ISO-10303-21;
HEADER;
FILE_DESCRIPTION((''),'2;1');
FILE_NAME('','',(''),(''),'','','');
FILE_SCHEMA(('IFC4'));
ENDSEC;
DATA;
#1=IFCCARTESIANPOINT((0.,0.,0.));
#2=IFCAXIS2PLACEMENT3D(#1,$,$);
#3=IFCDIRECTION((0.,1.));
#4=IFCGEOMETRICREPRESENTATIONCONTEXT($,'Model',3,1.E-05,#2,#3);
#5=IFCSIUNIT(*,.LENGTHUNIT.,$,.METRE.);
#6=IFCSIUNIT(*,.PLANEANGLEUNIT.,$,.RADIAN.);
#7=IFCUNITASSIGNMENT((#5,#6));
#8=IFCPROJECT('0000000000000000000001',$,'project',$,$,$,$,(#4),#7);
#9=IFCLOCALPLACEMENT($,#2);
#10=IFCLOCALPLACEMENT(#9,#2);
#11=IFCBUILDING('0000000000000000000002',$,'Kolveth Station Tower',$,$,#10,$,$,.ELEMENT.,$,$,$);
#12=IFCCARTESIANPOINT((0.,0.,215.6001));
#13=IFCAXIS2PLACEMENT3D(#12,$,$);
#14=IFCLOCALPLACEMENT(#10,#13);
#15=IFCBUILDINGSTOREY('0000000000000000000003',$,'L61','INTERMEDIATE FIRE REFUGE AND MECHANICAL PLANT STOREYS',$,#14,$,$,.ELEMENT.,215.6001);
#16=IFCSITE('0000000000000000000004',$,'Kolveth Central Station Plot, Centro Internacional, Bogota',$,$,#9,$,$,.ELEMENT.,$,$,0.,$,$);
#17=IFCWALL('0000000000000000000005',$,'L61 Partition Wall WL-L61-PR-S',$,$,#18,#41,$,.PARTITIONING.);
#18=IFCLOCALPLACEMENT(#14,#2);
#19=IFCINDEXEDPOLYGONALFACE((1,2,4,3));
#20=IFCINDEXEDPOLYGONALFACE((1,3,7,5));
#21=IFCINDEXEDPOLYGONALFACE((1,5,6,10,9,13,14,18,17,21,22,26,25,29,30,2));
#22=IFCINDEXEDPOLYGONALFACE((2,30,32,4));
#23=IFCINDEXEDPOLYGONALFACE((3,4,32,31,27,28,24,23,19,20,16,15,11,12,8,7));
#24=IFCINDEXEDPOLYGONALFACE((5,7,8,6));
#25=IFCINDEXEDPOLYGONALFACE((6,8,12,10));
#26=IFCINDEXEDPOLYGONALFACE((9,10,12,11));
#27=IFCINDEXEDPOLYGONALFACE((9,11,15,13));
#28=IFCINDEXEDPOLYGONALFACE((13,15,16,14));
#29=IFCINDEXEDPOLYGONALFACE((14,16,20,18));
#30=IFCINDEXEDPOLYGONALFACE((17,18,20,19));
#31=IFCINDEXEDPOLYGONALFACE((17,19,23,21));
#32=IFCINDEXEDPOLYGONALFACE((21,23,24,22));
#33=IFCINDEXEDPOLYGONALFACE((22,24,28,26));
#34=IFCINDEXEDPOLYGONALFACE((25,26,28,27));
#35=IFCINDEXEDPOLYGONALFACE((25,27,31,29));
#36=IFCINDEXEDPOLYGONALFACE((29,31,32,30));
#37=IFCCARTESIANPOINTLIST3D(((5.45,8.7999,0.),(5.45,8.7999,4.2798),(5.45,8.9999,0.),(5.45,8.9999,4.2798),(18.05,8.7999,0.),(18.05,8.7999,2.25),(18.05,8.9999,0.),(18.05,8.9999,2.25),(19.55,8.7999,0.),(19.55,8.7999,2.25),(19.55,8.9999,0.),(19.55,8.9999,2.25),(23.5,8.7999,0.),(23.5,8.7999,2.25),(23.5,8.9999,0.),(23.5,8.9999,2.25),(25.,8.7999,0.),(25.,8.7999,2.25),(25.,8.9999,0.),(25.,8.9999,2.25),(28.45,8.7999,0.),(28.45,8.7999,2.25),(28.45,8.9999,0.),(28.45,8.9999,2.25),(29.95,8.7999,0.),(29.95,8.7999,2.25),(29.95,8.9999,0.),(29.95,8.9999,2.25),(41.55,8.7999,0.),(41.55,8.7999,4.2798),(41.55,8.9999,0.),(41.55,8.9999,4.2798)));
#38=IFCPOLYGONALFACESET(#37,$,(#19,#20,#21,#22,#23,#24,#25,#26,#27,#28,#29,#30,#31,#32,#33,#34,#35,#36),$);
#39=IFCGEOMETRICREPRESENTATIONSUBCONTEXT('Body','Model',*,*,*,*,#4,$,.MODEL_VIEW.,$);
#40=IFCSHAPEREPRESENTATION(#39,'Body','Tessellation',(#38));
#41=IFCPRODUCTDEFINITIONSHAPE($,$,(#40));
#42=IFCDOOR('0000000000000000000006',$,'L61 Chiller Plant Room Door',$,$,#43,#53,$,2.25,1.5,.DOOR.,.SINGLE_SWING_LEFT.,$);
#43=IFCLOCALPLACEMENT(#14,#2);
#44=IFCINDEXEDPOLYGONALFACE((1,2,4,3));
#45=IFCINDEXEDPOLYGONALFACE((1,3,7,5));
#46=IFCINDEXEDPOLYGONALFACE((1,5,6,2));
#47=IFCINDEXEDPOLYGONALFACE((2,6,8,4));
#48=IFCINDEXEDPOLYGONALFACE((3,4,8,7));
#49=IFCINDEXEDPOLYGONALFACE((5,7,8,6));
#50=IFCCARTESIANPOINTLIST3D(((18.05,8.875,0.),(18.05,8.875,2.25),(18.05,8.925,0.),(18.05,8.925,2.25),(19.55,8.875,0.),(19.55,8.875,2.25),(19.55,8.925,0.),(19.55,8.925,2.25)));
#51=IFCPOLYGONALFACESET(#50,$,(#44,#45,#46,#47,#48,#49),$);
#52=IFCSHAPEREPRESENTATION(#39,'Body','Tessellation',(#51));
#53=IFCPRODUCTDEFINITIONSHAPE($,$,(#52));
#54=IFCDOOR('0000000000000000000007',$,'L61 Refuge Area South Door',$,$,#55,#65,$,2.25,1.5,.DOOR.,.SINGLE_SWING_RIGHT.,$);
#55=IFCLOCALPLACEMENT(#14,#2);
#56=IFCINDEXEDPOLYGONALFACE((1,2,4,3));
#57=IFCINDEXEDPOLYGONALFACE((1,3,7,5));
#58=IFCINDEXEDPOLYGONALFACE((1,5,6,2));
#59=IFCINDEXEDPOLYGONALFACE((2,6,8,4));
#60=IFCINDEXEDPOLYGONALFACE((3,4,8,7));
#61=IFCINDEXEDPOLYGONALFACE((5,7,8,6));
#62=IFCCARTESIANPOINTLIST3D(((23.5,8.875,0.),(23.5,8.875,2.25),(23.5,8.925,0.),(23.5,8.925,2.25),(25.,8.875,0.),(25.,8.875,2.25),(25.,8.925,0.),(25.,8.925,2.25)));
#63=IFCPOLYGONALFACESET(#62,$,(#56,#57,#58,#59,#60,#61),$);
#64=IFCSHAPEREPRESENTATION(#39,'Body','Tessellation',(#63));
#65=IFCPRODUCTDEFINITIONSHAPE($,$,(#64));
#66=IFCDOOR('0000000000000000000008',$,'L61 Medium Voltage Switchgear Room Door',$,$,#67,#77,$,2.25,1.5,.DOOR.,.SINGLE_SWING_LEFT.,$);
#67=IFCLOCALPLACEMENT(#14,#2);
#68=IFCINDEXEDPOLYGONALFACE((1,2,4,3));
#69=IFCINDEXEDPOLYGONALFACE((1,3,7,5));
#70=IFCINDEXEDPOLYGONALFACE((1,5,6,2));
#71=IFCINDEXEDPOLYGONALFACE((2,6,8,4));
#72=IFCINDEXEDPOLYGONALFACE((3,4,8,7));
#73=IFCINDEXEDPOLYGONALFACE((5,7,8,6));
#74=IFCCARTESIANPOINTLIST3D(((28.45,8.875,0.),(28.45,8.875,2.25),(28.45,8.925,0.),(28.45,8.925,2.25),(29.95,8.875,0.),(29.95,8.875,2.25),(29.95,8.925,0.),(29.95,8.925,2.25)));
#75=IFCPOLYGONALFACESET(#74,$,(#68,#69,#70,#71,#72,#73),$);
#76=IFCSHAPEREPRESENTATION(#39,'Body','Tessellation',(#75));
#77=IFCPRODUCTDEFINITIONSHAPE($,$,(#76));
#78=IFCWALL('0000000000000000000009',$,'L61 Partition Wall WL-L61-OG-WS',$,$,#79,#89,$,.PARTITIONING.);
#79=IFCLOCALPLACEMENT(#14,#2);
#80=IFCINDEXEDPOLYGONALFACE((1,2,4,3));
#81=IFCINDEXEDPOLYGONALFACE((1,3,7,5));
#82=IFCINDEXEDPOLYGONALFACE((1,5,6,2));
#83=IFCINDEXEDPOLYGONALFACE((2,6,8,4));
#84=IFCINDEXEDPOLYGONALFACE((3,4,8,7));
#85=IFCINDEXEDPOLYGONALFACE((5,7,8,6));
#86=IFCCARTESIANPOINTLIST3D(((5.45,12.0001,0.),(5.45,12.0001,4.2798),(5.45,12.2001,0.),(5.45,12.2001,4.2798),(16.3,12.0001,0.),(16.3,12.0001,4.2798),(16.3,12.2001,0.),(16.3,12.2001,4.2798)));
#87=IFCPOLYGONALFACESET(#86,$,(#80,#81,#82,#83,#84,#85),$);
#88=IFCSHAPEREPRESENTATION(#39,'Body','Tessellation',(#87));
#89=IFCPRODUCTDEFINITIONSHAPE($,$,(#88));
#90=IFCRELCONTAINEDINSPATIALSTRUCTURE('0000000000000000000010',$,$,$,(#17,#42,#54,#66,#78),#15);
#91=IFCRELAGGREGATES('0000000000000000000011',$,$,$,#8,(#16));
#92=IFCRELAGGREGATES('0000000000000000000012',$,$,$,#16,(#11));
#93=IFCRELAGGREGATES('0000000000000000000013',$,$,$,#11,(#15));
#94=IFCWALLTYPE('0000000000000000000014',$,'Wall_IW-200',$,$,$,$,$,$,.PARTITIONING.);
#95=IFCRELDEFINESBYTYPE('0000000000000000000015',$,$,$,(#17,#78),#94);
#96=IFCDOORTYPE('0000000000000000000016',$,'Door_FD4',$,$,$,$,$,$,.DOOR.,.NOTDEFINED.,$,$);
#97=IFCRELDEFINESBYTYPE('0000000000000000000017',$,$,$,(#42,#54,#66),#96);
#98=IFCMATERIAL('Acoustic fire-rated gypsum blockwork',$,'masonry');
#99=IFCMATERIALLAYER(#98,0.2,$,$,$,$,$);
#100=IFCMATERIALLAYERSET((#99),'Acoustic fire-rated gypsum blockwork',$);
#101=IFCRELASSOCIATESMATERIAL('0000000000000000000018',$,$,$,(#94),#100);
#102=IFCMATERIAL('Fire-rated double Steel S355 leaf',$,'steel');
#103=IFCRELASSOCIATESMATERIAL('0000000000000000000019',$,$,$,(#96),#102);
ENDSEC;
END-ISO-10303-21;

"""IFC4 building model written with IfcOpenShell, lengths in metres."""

from ifc_helpers import new_model, si_unit, direction, frame, frame_2d, origin, place, context, subcontext, project, spatial, rectangle, extrude, material, layer, layer_set, type_object, element, fill, save


model = new_model("IFC4")

# Units and contexts
model_context = context("Model", 3, precision=1e-05, world=origin(), true_north=direction((0.0, 1.0)))
body_context = subcontext(model_context, "Body", "Model", "MODEL_VIEW")
ifc_project = project(units=[si_unit("LENGTHUNIT", "METRE"), si_unit("PLANEANGLEUNIT", "RADIAN")], contexts=[model_context])

# Site, building, storey
site_placement = place(None, origin())
site = spatial("IfcSite", under=ifc_project, at=site_placement, Name="Kolveth Central Station Plot, Centro Internacional, Bogota", CompositionType="ELEMENT", RefElevation=0.0)
building_placement = place(site_placement, origin())
building = spatial("IfcBuilding", under=site, at=building_placement, Name="Kolveth Station Tower", CompositionType="ELEMENT")
storey_placement = place(building_placement, frame((0.0, 0.0, 215.6001)))
storey = spatial("IfcBuildingStorey", under=building, at=storey_placement, Name="L61", Description="INTERMEDIATE FIRE REFUGE AND MECHANICAL PLANT STOREYS", CompositionType="ELEMENT", Elevation=215.6001)

# Wall, openings, doors
ifc_material_1 = material(Name="Acoustic fire-rated gypsum blockwork", Category="masonry")
ifc_layer_1 = layer(ifc_material_1, 0.2)
ifc_layer_set_1 = layer_set([ifc_layer_1], Name="Acoustic fire-rated gypsum blockwork")
wall_type = type_object("IfcWallType", Name="Wall_IW-200", PredefinedType="PARTITIONING", material=ifc_layer_set_1)
wall_1_placement = place(storey_placement, frame((5.45, 8.8999, 0.0), z_axis=(0.0, 0.0, 1.0), x_axis=(1.0, 0.0, 0.0)))
wall_1 = element("IfcWall", 1, at=wall_1_placement, inside=storey, type_object=wall_type, Name="L61 Partition Wall WL-L61-PR-S", PredefinedType="PARTITIONING", context=body_context, shape_type="SweptSolid", body=[
    extrude(rectangle(XDim=36.1001, YDim=0.2, at=frame_2d((18.05, 0.0))), origin(), (0.0, 0.0, 1.0), 4.2798),
])
opening_1_placement = place(wall_1_placement, frame((12.6001, 0.0, 0.0)))
opening_1 = element("IfcOpeningElement", 2, at=opening_1_placement, cuts=wall_1, PredefinedType="OPENING", context=body_context, shape_type="SweptSolid", body=[
    extrude(rectangle(XDim=1.5, YDim=2.25, at=frame_2d((0.75, 1.125))), frame((0.0, 0.1099, 0.0), z_axis=(0.0, -1.0, 0.0), x_axis=(1.0, 0.0, 0.0)), (0.0, 0.0, 1.0), 0.22),
])
opening_2_placement = place(wall_1_placement, frame((18.05, 0.0, 0.0)))
opening_2 = element("IfcOpeningElement", 3, at=opening_2_placement, cuts=wall_1, PredefinedType="OPENING", context=body_context, shape_type="SweptSolid", body=[
    extrude(rectangle(XDim=1.5, YDim=2.25, at=frame_2d((0.75, 1.125))), frame((0.0, 0.1099, 0.0), z_axis=(0.0, -1.0, 0.0), x_axis=(1.0, 0.0, 0.0)), (0.0, 0.0, 1.0), 0.22),
])
opening_3_placement = place(wall_1_placement, frame((23.0, 0.0, 0.0)))
opening_3 = element("IfcOpeningElement", 4, at=opening_3_placement, cuts=wall_1, PredefinedType="OPENING", context=body_context, shape_type="SweptSolid", body=[
    extrude(rectangle(XDim=1.5, YDim=2.25, at=frame_2d((0.75, 1.125))), frame((0.0, 0.1099, 0.0), z_axis=(0.0, -1.0, 0.0), x_axis=(1.0, 0.0, 0.0)), (0.0, 0.0, 1.0), 0.22),
])
ifc_material_2 = material(Name="Fire-rated double Steel S355 leaf", Category="steel")
door_type = type_object("IfcDoorType", Name="Door_FD4", OperationType="NOTDEFINED", PredefinedType="DOOR", material=ifc_material_2)
door_1_placement = place(opening_1_placement, frame((1.5, 0.0, 0.0), z_axis=(0.0, 0.0, 1.0), x_axis=(-1.0, 0.0, 0.0)))
door_1 = element("IfcDoor", 5, at=door_1_placement, inside=storey, type_object=door_type, Name="L61 Chiller Plant Room Door", OperationType="SINGLE_SWING_LEFT", OverallHeight=2.25, OverallWidth=1.5, PredefinedType="DOOR", context=body_context, shape_type="SweptSolid", body=[
    extrude(rectangle(XDim=1.5, YDim=2.25, at=frame_2d((0.75, 1.125))), frame((0.0, 0.0249, 0.0), z_axis=(0.0, -1.0, 0.0), x_axis=(1.0, 0.0, 0.0)), (0.0, 0.0, 1.0), 0.05),
])
fill(opening_1, door_1)
door_2_placement = place(opening_2_placement, frame((1.5, 0.0, 0.0), z_axis=(0.0, 0.0, 1.0), x_axis=(-1.0, 0.0, 0.0)))
door_2 = element("IfcDoor", 6, at=door_2_placement, inside=storey, type_object=door_type, Name="L61 Refuge Area South Door", OperationType="SINGLE_SWING_RIGHT", OverallHeight=2.25, OverallWidth=1.5, PredefinedType="DOOR", context=body_context, shape_type="SweptSolid", body=[
    extrude(rectangle(XDim=1.5, YDim=2.25, at=frame_2d((0.75, 1.125))), frame((0.0, 0.0249, 0.0), z_axis=(0.0, -1.0, 0.0), x_axis=(1.0, 0.0, 0.0)), (0.0, 0.0, 1.0), 0.05),
])
fill(opening_2, door_2)
door_3_placement = place(opening_3_placement, frame((1.5, 0.0, 0.0), z_axis=(0.0, 0.0, 1.0), x_axis=(-1.0, 0.0, 0.0)))
door_3 = element("IfcDoor", 7, at=door_3_placement, inside=storey, type_object=door_type, Name="L61 Medium Voltage Switchgear Room Door", OperationType="SINGLE_SWING_LEFT", OverallHeight=2.25, OverallWidth=1.5, PredefinedType="DOOR", context=body_context, shape_type="SweptSolid", body=[
    extrude(rectangle(XDim=1.5, YDim=2.25, at=frame_2d((0.75, 1.125))), frame((0.0, 0.0249, 0.0), z_axis=(0.0, -1.0, 0.0), x_axis=(1.0, 0.0, 0.0)), (0.0, 0.0, 1.0), 0.05),
])
fill(opening_3, door_3)

# Wall
wall_2_placement = place(storey_placement, frame((5.45, 12.1001, 0.0), z_axis=(0.0, 0.0, 1.0), x_axis=(1.0, 0.0, 0.0)))
element("IfcWall", 8, at=wall_2_placement, inside=storey, type_object=wall_type, Name="L61 Partition Wall WL-L61-OG-WS", PredefinedType="PARTITIONING", context=body_context, shape_type="SweptSolid", body=[
    extrude(rectangle(XDim=10.8501, YDim=0.2, at=frame_2d((5.425, 0.0))), origin(), (0.0, 0.0, 1.0), 4.2798),
])

save(model, "model.ifc")
